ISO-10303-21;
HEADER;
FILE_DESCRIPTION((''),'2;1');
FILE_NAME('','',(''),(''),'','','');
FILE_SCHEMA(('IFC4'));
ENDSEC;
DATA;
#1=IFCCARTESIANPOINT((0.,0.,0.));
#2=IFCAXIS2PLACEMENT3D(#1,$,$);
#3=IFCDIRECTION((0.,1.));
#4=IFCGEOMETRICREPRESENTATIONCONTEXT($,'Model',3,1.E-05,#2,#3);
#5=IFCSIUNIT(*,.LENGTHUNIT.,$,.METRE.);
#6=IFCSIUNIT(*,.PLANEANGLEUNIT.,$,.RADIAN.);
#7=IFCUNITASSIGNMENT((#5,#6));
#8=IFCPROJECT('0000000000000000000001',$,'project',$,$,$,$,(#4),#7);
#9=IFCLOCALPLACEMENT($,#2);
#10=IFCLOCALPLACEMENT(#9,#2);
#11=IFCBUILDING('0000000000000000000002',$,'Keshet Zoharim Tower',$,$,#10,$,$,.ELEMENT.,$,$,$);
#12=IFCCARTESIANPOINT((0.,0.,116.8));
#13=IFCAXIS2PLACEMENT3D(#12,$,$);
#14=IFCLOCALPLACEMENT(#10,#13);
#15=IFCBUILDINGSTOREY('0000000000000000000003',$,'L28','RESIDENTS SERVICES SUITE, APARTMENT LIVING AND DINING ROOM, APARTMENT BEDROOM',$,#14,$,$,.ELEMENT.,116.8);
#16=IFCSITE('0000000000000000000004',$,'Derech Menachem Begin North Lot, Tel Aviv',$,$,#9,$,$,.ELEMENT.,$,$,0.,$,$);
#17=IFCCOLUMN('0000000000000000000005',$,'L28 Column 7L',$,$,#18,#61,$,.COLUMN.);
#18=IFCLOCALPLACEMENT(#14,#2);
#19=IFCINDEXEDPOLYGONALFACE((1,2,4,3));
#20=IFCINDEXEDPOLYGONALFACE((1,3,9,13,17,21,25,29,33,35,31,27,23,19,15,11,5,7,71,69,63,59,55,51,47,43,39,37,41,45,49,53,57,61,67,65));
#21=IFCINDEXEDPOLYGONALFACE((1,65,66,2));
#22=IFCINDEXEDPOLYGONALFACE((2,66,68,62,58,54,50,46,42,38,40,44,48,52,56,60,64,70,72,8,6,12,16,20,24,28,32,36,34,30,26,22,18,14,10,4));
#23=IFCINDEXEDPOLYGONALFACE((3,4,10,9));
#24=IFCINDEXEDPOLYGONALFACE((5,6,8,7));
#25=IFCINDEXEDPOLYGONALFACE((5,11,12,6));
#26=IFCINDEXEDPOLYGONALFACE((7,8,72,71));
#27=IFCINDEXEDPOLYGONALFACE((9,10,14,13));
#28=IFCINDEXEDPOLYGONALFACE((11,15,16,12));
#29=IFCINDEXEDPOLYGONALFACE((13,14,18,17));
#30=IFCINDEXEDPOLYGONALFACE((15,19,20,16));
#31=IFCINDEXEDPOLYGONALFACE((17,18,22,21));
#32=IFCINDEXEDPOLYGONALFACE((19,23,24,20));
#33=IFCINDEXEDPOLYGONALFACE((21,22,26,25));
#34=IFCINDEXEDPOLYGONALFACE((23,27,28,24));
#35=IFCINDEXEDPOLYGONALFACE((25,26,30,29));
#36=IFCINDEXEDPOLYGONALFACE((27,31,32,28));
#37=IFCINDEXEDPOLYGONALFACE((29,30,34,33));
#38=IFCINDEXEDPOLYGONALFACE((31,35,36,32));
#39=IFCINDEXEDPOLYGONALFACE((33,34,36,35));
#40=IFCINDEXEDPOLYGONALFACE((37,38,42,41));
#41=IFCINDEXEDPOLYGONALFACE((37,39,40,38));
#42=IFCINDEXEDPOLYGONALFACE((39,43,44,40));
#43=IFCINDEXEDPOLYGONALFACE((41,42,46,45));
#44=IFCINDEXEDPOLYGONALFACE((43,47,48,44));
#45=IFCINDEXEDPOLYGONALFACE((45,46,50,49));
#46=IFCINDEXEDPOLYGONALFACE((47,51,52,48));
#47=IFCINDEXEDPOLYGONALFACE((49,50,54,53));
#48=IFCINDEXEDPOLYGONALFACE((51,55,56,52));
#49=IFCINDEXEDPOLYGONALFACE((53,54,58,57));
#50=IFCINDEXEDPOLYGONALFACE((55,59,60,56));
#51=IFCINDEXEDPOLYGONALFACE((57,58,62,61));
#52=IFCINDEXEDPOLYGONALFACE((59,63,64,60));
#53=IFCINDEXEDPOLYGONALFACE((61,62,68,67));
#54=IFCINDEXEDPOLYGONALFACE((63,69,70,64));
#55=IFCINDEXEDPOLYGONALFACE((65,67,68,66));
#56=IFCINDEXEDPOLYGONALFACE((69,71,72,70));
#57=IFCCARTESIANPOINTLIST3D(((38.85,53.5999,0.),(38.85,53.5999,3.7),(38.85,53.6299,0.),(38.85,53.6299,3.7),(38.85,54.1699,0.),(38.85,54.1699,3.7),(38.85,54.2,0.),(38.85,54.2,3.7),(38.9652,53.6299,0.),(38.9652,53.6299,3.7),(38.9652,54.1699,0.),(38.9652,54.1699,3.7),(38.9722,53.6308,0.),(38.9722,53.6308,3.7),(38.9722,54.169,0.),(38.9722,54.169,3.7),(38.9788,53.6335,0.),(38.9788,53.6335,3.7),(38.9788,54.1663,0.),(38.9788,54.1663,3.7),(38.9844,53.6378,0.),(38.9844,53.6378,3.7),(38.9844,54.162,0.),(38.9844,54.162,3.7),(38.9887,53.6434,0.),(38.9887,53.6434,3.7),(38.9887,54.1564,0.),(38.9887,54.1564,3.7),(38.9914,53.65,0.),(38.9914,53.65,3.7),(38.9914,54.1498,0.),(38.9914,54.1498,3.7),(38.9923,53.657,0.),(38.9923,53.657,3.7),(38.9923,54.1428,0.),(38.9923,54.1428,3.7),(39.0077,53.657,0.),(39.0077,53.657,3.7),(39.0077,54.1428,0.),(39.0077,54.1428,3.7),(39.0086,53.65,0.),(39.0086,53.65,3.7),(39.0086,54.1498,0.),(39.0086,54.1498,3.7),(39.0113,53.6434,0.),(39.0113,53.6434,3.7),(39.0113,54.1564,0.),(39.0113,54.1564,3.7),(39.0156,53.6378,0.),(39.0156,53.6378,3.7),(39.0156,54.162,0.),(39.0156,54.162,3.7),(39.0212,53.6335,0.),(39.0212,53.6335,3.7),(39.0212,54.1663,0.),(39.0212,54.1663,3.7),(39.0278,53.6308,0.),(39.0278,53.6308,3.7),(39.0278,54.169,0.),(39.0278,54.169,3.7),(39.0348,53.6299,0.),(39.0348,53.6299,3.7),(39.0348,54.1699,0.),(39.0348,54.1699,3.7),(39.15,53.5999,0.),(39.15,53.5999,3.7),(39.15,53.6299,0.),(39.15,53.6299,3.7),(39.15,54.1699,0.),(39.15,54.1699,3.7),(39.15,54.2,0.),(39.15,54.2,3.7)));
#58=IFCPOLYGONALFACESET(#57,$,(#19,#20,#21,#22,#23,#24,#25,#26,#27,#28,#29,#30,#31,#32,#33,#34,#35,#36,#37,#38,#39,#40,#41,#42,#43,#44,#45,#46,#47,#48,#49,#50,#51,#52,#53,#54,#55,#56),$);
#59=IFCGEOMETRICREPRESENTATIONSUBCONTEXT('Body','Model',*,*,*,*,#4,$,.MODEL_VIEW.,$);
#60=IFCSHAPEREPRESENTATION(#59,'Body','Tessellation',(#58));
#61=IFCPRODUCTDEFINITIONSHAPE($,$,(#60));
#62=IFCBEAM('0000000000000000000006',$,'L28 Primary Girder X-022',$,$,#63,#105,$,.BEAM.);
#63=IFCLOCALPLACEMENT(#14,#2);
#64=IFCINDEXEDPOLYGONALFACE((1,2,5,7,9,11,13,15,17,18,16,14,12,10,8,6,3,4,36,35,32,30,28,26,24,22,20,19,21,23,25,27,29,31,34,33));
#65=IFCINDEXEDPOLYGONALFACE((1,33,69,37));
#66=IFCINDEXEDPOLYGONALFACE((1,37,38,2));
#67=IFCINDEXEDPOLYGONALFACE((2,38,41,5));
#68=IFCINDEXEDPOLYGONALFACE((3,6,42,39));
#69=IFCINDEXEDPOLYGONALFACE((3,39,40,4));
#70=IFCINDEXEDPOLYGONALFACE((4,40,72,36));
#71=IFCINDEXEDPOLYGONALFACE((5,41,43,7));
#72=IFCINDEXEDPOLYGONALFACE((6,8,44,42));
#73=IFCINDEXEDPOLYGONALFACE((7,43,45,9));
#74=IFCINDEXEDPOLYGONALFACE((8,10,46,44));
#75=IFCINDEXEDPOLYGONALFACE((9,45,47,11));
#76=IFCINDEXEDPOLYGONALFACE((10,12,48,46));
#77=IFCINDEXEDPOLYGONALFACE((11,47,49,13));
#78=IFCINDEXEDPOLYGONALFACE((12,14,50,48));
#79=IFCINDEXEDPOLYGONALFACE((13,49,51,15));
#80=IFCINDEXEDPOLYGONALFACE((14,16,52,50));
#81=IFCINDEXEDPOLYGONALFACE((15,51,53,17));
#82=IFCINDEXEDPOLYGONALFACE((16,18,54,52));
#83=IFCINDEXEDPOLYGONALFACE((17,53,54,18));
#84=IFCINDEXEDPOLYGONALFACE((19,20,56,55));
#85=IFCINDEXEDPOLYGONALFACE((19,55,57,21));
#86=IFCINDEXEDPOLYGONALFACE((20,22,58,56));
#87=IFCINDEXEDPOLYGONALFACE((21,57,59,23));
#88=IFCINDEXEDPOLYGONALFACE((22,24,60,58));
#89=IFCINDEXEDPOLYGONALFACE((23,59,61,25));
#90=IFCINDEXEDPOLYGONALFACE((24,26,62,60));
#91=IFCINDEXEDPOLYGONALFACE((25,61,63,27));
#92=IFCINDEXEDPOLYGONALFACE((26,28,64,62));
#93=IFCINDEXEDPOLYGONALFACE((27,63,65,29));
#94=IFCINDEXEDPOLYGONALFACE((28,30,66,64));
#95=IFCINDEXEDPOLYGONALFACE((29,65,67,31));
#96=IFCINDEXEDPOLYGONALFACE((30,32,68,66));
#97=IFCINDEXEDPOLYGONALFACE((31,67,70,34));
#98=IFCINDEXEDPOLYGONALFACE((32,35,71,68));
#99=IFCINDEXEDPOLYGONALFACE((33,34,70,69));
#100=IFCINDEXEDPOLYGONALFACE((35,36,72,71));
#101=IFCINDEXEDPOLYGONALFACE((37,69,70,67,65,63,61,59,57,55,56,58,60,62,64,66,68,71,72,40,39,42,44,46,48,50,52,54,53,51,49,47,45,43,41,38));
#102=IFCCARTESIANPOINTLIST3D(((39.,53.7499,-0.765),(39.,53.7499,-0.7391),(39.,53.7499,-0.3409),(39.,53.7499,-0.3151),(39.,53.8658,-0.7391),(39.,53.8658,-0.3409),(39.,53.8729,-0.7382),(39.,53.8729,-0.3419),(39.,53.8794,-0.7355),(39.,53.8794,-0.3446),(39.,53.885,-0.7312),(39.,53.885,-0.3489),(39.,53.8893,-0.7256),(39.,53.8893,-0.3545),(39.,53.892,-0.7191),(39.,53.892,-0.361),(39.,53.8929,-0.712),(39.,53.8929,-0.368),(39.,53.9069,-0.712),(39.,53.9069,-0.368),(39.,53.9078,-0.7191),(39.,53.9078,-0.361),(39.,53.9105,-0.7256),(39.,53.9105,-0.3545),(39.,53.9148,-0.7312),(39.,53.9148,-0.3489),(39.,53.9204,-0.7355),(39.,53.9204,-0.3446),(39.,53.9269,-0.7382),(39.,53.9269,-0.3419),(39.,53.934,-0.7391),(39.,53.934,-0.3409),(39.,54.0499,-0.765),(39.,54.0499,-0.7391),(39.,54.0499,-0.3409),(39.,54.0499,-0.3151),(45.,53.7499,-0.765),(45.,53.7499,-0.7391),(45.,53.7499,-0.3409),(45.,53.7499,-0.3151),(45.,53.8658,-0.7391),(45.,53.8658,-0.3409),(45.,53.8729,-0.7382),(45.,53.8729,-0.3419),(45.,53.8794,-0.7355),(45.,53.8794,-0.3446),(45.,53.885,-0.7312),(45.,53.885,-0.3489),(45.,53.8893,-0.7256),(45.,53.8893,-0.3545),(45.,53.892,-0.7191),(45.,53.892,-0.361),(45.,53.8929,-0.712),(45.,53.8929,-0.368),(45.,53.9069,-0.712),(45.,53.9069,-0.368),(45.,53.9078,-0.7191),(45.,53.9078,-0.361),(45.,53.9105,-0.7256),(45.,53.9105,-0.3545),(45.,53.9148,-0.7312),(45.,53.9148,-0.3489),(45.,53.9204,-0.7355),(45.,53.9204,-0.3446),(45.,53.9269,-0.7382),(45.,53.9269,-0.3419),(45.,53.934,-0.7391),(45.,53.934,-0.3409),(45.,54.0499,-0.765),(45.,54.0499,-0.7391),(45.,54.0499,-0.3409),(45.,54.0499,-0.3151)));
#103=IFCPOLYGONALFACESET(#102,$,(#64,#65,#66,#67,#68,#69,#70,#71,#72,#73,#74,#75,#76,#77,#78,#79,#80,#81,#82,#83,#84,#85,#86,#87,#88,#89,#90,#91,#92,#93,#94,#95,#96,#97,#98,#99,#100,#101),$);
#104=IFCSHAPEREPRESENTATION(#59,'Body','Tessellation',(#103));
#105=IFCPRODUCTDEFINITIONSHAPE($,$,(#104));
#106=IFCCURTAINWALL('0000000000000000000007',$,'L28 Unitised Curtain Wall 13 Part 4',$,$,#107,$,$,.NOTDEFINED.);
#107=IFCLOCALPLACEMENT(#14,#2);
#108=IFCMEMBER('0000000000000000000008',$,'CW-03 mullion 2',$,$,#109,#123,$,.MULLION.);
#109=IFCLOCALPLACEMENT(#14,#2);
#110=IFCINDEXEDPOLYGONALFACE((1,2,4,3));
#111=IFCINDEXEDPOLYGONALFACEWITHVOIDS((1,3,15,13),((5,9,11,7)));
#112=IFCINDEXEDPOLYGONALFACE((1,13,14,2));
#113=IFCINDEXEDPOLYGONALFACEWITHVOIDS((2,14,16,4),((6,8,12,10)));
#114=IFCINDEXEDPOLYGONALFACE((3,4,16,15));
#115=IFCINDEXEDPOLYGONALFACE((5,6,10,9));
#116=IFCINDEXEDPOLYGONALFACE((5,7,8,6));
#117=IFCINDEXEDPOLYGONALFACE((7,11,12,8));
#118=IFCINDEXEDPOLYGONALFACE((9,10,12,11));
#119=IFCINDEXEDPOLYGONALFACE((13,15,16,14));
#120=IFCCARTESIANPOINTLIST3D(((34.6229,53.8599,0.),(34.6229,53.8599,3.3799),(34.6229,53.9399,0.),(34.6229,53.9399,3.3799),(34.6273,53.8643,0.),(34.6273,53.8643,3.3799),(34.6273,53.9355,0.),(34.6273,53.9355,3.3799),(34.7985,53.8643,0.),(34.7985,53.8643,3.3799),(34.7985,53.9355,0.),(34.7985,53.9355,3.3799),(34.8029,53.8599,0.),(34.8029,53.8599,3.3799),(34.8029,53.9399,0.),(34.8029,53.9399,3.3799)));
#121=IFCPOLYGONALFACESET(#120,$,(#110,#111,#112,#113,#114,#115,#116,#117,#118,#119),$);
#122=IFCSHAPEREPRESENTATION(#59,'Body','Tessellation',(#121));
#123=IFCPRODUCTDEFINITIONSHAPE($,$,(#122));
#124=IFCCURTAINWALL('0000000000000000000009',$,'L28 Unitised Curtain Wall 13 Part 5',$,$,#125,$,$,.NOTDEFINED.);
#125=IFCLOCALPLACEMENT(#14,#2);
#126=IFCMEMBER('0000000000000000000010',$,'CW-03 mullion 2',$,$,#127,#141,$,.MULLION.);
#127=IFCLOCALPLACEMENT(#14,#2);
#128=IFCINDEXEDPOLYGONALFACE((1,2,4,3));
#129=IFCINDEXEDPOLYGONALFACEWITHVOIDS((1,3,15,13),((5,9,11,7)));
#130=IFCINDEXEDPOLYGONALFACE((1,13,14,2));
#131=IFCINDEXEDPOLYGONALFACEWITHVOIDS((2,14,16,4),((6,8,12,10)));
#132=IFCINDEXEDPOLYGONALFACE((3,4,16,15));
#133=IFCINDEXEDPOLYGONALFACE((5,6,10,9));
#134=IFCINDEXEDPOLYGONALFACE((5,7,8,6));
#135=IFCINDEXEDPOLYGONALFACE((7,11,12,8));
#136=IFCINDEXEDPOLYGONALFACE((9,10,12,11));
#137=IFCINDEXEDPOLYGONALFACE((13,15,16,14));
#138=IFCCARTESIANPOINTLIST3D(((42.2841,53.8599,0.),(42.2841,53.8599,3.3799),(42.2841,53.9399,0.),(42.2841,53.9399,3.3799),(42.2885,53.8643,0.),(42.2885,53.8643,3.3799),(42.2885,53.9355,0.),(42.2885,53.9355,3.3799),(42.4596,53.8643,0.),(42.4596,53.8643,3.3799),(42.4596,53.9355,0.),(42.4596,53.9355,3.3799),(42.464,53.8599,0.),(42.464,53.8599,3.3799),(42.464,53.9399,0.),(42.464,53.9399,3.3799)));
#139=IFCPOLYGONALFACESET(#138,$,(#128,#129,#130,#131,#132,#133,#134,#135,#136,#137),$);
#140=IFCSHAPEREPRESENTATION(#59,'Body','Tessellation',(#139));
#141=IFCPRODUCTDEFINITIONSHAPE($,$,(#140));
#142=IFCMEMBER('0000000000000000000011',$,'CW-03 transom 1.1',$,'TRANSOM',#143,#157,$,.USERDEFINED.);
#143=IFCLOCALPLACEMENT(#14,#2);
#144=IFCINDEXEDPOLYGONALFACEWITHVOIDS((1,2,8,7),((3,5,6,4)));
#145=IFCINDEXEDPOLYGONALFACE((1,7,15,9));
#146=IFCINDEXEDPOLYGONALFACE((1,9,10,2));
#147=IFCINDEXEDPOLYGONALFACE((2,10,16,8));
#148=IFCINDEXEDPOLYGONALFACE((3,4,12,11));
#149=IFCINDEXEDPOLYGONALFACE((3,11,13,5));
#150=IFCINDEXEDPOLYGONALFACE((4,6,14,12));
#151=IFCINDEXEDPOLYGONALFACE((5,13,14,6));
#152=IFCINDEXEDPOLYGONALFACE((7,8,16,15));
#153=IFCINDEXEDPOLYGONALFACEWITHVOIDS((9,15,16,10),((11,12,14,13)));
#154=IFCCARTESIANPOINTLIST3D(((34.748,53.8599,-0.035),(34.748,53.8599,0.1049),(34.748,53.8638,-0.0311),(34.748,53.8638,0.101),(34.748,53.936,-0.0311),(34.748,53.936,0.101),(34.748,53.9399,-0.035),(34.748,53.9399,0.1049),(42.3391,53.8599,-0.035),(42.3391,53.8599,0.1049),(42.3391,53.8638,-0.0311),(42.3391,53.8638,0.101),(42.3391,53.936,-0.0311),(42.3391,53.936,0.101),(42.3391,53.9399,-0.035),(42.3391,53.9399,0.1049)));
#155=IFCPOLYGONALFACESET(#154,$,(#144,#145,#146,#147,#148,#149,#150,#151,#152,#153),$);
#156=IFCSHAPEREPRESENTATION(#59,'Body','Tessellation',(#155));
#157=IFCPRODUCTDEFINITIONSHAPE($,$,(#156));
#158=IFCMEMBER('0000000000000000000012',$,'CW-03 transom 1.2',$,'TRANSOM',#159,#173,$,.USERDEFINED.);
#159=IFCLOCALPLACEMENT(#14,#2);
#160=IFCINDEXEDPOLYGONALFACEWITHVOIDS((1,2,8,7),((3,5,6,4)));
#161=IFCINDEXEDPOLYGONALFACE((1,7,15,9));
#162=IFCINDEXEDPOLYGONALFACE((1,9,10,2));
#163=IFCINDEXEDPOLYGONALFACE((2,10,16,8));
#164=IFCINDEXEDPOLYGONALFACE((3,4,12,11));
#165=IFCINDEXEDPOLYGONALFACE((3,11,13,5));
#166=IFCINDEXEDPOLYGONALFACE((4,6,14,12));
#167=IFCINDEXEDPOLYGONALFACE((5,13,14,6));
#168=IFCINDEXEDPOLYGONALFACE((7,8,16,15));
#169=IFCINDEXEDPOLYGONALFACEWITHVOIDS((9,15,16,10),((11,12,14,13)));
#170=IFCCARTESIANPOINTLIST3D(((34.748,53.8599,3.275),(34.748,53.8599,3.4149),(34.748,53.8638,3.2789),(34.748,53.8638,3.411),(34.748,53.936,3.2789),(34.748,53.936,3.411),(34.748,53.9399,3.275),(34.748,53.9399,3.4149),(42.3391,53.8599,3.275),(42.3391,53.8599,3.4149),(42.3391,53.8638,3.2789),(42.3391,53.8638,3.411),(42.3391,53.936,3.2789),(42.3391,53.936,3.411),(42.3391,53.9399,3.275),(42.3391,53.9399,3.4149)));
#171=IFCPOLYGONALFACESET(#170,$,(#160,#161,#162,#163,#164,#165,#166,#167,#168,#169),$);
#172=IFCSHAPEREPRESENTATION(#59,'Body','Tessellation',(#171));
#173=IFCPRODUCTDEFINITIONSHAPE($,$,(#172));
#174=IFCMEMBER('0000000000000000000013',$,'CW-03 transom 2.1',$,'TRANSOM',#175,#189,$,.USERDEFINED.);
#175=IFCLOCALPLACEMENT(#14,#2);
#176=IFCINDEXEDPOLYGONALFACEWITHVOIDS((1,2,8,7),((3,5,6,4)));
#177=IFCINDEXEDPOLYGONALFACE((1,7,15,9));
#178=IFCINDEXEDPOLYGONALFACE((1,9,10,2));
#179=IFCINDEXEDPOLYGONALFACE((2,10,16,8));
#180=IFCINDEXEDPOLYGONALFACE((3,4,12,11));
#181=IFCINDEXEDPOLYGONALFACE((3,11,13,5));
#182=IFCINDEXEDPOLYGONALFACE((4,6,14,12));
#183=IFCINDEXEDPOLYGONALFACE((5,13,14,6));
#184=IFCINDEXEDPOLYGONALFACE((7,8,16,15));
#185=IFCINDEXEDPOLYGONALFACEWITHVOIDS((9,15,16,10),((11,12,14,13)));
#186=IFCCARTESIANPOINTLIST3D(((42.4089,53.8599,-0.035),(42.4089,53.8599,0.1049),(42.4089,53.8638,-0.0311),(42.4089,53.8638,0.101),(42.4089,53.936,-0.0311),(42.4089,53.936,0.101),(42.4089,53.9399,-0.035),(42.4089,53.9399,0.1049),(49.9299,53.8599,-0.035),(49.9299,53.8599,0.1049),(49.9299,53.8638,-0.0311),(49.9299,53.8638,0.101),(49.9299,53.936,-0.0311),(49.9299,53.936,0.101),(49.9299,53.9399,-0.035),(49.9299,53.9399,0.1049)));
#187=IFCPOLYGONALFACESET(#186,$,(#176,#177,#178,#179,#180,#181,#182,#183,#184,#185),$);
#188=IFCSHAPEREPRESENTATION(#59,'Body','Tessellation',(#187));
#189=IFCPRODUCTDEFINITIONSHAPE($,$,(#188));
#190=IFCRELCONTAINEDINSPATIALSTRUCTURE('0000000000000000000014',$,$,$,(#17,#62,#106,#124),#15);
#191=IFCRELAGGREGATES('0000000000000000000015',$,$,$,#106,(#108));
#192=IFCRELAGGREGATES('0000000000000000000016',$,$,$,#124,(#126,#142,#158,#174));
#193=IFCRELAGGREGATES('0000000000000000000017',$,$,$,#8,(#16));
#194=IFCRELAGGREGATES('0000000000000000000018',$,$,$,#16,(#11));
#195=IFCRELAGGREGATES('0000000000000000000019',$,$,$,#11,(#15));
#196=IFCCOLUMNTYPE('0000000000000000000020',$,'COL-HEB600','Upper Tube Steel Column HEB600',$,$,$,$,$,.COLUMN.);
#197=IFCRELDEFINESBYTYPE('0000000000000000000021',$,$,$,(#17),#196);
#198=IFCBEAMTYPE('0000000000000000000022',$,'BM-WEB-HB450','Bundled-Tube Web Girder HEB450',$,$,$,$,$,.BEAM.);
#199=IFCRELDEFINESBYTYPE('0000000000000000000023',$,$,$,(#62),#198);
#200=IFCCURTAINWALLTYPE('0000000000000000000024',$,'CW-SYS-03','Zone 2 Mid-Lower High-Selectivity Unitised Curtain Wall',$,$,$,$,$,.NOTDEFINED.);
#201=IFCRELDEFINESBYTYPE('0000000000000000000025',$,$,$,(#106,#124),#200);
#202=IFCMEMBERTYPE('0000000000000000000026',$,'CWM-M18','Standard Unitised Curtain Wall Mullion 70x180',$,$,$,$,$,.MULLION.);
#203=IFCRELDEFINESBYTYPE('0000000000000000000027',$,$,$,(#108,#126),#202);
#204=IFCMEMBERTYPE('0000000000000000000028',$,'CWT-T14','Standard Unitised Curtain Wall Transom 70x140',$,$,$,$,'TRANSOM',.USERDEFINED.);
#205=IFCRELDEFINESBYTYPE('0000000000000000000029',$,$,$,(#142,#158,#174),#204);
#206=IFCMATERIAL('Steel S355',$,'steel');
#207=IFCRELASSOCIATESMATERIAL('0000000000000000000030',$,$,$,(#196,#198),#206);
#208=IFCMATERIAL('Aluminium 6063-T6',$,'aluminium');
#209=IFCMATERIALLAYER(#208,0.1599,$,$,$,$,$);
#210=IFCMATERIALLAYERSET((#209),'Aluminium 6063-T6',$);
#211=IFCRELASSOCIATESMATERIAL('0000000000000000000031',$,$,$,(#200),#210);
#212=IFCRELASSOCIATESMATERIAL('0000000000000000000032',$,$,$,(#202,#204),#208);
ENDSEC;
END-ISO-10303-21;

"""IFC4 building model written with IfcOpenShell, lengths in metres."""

from ifc_helpers import new_model, si_unit, direction, frame, origin, origin_2d, place, context, subcontext, project, spatial, hollow_rectangle, i_section, extrude, material, layer, layer_set, material_profile, profile_set, type_object, element, aggregate, save


model = new_model("IFC4")

# Units and contexts
model_context = context("Model", 3, precision=1e-05, world=origin(), true_north=direction((0.0, 1.0)))
body_context = subcontext(model_context, "Body", "Model", "MODEL_VIEW")
ifc_project = project(units=[si_unit("LENGTHUNIT", "METRE"), si_unit("PLANEANGLEUNIT", "RADIAN")], contexts=[model_context])

# Site, building, storey
site_placement = place(None, origin())
site = spatial("IfcSite", under=ifc_project, at=site_placement, Name="Derech Menachem Begin North Lot, Tel Aviv", CompositionType="ELEMENT", RefElevation=0.0)
building_placement = place(site_placement, origin())
building = spatial("IfcBuilding", under=site, at=building_placement, Name="Keshet Zoharim Tower", CompositionType="ELEMENT")
storey_placement = place(building_placement, frame((0.0, 0.0, 116.8)))
storey = spatial("IfcBuildingStorey", under=building, at=storey_placement, Name="L28", Description="RESIDENTS SERVICES SUITE, APARTMENT LIVING AND DINING ROOM, APARTMENT BEDROOM", CompositionType="ELEMENT", Elevation=116.8)

# Column
ifc_material_1 = material(Name="Steel S355", Category="steel")
ifc_material_profile_1 = material_profile(ifc_material_1, i_section(OverallWidth=0.3, OverallDepth=0.6001, WebThickness=0.0154, FlangeThickness=0.03, FilletRadius=0.0271, at=origin_2d()), Name="HEB600")
ifc_profile_set_1 = profile_set([ifc_material_profile_1], Name="Steel S355")
column_type = type_object("IfcColumnType", Name="COL-HEB600", Description="Upper Tube Steel Column HEB600", PredefinedType="COLUMN", material=ifc_profile_set_1)
column_placement = place(storey_placement, frame((39.0, 53.8999, 0.0), z_axis=(0.0, 0.0, 1.0), x_axis=(1.0, 0.0, 0.0)))
element("IfcColumn", 1, at=column_placement, inside=storey, type_object=column_type, Name="L28 Column 7L", PredefinedType="COLUMN", context=body_context, shape_type="SweptSolid", body=[
    extrude(i_section(OverallWidth=0.3, OverallDepth=0.6001, WebThickness=0.0154, FlangeThickness=0.03, FilletRadius=0.0271, at=origin_2d()), origin(), (0.0, 0.0, 1.0), 3.7),
])

# Beam
ifc_material_profile_2 = material_profile(ifc_material_1, i_section(OverallWidth=0.3, OverallDepth=0.45, WebThickness=0.0139, FlangeThickness=0.0259, FilletRadius=0.0271, at=origin_2d()), Name="HEB450")
ifc_profile_set_2 = profile_set([ifc_material_profile_2], Name="Steel S355")
beam_type = type_object("IfcBeamType", Name="BM-WEB-HB450", Description="Bundled-Tube Web Girder HEB450", PredefinedType="BEAM", material=ifc_profile_set_2)
beam_placement = place(storey_placement, frame((39.0, 53.8999, -0.54), z_axis=(1.0, 0.0, 0.0), x_axis=(0.0, 1.0, 0.0)))
element("IfcBeam", 2, at=beam_placement, inside=storey, type_object=beam_type, Name="L28 Primary Girder X-022", PredefinedType="BEAM", context=body_context, shape_type="SweptSolid", body=[
    extrude(i_section(OverallWidth=0.3, OverallDepth=0.45, WebThickness=0.0139, FlangeThickness=0.0259, FilletRadius=0.0271, at=origin_2d()), origin(), (0.0, 0.0, 1.0), 6.0),
])

# Curtain wall, member
ifc_material_2 = material(Name="Aluminium 6063-T6", Category="aluminium")
ifc_layer_1 = layer(ifc_material_2, 0.1599)
ifc_layer_set_1 = layer_set([ifc_layer_1], Name="Aluminium 6063-T6")
curtain_wall_type = type_object("IfcCurtainWallType", Name="CW-SYS-03", Description="Zone 2 Mid-Lower High-Selectivity Unitised Curtain Wall", PredefinedType="NOTDEFINED", material=ifc_layer_set_1)
curtain_wall_1_placement = place(storey_placement, origin())
curtain_wall_1 = element("IfcCurtainWall", 3, at=curtain_wall_1_placement, inside=storey, type_object=curtain_wall_type, Name="L28 Unitised Curtain Wall 13 Part 4", PredefinedType="NOTDEFINED")
ifc_material_profile_3 = material_profile(ifc_material_2, hollow_rectangle(XDim=0.0801, YDim=0.1799, WallThickness=0.0044, at=origin_2d()), Name="MUL-80x180")
ifc_profile_set_3 = profile_set([ifc_material_profile_3], Name="Aluminium 6063-T6")
member_type_1 = type_object("IfcMemberType", Name="CWM-M18", Description="Standard Unitised Curtain Wall Mullion 70x180", PredefinedType="MULLION", material=ifc_profile_set_3)
member_1_placement = place(storey_placement, frame((34.7129, 53.8999, 0.0), z_axis=(0.0, 0.0, 1.0), x_axis=(0.0, 1.0, 0.0)))
member_1 = element("IfcMember", 4, at=member_1_placement, type_object=member_type_1, Name="CW-03 mullion 2", PredefinedType="MULLION", context=body_context, shape_type="SweptSolid", body=[
    extrude(hollow_rectangle(XDim=0.0801, YDim=0.1799, WallThickness=0.0044, at=origin_2d()), origin(), (0.0, 0.0, 1.0), 3.3799),
])
aggregate(curtain_wall_1, [member_1])

# Curtain wall, members
curtain_wall_2_placement = place(storey_placement, origin())
curtain_wall_2 = element("IfcCurtainWall", 5, at=curtain_wall_2_placement, inside=storey, type_object=curtain_wall_type, Name="L28 Unitised Curtain Wall 13 Part 5", PredefinedType="NOTDEFINED")
member_2_placement = place(storey_placement, frame((42.374, 53.8999, 0.0), z_axis=(0.0, 0.0, 1.0), x_axis=(0.0, 1.0, 0.0)))
member_2 = element("IfcMember", 6, at=member_2_placement, type_object=member_type_1, Name="CW-03 mullion 2", PredefinedType="MULLION", context=body_context, shape_type="SweptSolid", body=[
    extrude(hollow_rectangle(XDim=0.0801, YDim=0.1799, WallThickness=0.0044, at=origin_2d()), origin(), (0.0, 0.0, 1.0), 3.3799),
])
ifc_material_profile_4 = material_profile(ifc_material_2, hollow_rectangle(XDim=0.0801, YDim=0.1399, WallThickness=0.0039, at=origin_2d()), Name="TRN-80x140")
ifc_profile_set_4 = profile_set([ifc_material_profile_4], Name="Aluminium 6063-T6")
member_type_2 = type_object("IfcMemberType", Name="CWT-T14", Description="Standard Unitised Curtain Wall Transom 70x140", ElementType="TRANSOM", PredefinedType="USERDEFINED", material=ifc_profile_set_4)
member_3_placement = place(storey_placement, frame((34.748, 53.8999, 0.0349), z_axis=(1.0, 0.0, 0.0), x_axis=(0.0, 1.0, 0.0)))
member_3 = element("IfcMember", 7, at=member_3_placement, type_object=member_type_2, Name="CW-03 transom 1.1", ObjectType="TRANSOM", PredefinedType="USERDEFINED", context=body_context, shape_type="SweptSolid", body=[
    extrude(hollow_rectangle(XDim=0.0801, YDim=0.1399, WallThickness=0.0039, at=origin_2d()), origin(), (0.0, 0.0, 1.0), 7.5911),
])
member_4_placement = place(storey_placement, frame((34.748, 53.8999, 3.345), z_axis=(1.0, 0.0, 0.0), x_axis=(0.0, 1.0, 0.0)))
member_4 = element("IfcMember", 8, at=member_4_placement, type_object=member_type_2, Name="CW-03 transom 1.2", ObjectType="TRANSOM", PredefinedType="USERDEFINED", context=body_context, shape_type="SweptSolid", body=[
    extrude(hollow_rectangle(XDim=0.0801, YDim=0.1399, WallThickness=0.0039, at=origin_2d()), origin(), (0.0, 0.0, 1.0), 7.5911),
])
member_5_placement = place(storey_placement, frame((42.4089, 53.8999, 0.0349), z_axis=(1.0, 0.0, 0.0), x_axis=(0.0, 1.0, 0.0)))
member_5 = element("IfcMember", 9, at=member_5_placement, type_object=member_type_2, Name="CW-03 transom 2.1", ObjectType="TRANSOM", PredefinedType="USERDEFINED", context=body_context, shape_type="SweptSolid", body=[
    extrude(hollow_rectangle(XDim=0.0801, YDim=0.1399, WallThickness=0.0039, at=origin_2d()), origin(), (0.0, 0.0, 1.0), 7.521),
])
aggregate(curtain_wall_2, [member_2, member_3, member_4, member_5])

save(model, "model.ifc")
